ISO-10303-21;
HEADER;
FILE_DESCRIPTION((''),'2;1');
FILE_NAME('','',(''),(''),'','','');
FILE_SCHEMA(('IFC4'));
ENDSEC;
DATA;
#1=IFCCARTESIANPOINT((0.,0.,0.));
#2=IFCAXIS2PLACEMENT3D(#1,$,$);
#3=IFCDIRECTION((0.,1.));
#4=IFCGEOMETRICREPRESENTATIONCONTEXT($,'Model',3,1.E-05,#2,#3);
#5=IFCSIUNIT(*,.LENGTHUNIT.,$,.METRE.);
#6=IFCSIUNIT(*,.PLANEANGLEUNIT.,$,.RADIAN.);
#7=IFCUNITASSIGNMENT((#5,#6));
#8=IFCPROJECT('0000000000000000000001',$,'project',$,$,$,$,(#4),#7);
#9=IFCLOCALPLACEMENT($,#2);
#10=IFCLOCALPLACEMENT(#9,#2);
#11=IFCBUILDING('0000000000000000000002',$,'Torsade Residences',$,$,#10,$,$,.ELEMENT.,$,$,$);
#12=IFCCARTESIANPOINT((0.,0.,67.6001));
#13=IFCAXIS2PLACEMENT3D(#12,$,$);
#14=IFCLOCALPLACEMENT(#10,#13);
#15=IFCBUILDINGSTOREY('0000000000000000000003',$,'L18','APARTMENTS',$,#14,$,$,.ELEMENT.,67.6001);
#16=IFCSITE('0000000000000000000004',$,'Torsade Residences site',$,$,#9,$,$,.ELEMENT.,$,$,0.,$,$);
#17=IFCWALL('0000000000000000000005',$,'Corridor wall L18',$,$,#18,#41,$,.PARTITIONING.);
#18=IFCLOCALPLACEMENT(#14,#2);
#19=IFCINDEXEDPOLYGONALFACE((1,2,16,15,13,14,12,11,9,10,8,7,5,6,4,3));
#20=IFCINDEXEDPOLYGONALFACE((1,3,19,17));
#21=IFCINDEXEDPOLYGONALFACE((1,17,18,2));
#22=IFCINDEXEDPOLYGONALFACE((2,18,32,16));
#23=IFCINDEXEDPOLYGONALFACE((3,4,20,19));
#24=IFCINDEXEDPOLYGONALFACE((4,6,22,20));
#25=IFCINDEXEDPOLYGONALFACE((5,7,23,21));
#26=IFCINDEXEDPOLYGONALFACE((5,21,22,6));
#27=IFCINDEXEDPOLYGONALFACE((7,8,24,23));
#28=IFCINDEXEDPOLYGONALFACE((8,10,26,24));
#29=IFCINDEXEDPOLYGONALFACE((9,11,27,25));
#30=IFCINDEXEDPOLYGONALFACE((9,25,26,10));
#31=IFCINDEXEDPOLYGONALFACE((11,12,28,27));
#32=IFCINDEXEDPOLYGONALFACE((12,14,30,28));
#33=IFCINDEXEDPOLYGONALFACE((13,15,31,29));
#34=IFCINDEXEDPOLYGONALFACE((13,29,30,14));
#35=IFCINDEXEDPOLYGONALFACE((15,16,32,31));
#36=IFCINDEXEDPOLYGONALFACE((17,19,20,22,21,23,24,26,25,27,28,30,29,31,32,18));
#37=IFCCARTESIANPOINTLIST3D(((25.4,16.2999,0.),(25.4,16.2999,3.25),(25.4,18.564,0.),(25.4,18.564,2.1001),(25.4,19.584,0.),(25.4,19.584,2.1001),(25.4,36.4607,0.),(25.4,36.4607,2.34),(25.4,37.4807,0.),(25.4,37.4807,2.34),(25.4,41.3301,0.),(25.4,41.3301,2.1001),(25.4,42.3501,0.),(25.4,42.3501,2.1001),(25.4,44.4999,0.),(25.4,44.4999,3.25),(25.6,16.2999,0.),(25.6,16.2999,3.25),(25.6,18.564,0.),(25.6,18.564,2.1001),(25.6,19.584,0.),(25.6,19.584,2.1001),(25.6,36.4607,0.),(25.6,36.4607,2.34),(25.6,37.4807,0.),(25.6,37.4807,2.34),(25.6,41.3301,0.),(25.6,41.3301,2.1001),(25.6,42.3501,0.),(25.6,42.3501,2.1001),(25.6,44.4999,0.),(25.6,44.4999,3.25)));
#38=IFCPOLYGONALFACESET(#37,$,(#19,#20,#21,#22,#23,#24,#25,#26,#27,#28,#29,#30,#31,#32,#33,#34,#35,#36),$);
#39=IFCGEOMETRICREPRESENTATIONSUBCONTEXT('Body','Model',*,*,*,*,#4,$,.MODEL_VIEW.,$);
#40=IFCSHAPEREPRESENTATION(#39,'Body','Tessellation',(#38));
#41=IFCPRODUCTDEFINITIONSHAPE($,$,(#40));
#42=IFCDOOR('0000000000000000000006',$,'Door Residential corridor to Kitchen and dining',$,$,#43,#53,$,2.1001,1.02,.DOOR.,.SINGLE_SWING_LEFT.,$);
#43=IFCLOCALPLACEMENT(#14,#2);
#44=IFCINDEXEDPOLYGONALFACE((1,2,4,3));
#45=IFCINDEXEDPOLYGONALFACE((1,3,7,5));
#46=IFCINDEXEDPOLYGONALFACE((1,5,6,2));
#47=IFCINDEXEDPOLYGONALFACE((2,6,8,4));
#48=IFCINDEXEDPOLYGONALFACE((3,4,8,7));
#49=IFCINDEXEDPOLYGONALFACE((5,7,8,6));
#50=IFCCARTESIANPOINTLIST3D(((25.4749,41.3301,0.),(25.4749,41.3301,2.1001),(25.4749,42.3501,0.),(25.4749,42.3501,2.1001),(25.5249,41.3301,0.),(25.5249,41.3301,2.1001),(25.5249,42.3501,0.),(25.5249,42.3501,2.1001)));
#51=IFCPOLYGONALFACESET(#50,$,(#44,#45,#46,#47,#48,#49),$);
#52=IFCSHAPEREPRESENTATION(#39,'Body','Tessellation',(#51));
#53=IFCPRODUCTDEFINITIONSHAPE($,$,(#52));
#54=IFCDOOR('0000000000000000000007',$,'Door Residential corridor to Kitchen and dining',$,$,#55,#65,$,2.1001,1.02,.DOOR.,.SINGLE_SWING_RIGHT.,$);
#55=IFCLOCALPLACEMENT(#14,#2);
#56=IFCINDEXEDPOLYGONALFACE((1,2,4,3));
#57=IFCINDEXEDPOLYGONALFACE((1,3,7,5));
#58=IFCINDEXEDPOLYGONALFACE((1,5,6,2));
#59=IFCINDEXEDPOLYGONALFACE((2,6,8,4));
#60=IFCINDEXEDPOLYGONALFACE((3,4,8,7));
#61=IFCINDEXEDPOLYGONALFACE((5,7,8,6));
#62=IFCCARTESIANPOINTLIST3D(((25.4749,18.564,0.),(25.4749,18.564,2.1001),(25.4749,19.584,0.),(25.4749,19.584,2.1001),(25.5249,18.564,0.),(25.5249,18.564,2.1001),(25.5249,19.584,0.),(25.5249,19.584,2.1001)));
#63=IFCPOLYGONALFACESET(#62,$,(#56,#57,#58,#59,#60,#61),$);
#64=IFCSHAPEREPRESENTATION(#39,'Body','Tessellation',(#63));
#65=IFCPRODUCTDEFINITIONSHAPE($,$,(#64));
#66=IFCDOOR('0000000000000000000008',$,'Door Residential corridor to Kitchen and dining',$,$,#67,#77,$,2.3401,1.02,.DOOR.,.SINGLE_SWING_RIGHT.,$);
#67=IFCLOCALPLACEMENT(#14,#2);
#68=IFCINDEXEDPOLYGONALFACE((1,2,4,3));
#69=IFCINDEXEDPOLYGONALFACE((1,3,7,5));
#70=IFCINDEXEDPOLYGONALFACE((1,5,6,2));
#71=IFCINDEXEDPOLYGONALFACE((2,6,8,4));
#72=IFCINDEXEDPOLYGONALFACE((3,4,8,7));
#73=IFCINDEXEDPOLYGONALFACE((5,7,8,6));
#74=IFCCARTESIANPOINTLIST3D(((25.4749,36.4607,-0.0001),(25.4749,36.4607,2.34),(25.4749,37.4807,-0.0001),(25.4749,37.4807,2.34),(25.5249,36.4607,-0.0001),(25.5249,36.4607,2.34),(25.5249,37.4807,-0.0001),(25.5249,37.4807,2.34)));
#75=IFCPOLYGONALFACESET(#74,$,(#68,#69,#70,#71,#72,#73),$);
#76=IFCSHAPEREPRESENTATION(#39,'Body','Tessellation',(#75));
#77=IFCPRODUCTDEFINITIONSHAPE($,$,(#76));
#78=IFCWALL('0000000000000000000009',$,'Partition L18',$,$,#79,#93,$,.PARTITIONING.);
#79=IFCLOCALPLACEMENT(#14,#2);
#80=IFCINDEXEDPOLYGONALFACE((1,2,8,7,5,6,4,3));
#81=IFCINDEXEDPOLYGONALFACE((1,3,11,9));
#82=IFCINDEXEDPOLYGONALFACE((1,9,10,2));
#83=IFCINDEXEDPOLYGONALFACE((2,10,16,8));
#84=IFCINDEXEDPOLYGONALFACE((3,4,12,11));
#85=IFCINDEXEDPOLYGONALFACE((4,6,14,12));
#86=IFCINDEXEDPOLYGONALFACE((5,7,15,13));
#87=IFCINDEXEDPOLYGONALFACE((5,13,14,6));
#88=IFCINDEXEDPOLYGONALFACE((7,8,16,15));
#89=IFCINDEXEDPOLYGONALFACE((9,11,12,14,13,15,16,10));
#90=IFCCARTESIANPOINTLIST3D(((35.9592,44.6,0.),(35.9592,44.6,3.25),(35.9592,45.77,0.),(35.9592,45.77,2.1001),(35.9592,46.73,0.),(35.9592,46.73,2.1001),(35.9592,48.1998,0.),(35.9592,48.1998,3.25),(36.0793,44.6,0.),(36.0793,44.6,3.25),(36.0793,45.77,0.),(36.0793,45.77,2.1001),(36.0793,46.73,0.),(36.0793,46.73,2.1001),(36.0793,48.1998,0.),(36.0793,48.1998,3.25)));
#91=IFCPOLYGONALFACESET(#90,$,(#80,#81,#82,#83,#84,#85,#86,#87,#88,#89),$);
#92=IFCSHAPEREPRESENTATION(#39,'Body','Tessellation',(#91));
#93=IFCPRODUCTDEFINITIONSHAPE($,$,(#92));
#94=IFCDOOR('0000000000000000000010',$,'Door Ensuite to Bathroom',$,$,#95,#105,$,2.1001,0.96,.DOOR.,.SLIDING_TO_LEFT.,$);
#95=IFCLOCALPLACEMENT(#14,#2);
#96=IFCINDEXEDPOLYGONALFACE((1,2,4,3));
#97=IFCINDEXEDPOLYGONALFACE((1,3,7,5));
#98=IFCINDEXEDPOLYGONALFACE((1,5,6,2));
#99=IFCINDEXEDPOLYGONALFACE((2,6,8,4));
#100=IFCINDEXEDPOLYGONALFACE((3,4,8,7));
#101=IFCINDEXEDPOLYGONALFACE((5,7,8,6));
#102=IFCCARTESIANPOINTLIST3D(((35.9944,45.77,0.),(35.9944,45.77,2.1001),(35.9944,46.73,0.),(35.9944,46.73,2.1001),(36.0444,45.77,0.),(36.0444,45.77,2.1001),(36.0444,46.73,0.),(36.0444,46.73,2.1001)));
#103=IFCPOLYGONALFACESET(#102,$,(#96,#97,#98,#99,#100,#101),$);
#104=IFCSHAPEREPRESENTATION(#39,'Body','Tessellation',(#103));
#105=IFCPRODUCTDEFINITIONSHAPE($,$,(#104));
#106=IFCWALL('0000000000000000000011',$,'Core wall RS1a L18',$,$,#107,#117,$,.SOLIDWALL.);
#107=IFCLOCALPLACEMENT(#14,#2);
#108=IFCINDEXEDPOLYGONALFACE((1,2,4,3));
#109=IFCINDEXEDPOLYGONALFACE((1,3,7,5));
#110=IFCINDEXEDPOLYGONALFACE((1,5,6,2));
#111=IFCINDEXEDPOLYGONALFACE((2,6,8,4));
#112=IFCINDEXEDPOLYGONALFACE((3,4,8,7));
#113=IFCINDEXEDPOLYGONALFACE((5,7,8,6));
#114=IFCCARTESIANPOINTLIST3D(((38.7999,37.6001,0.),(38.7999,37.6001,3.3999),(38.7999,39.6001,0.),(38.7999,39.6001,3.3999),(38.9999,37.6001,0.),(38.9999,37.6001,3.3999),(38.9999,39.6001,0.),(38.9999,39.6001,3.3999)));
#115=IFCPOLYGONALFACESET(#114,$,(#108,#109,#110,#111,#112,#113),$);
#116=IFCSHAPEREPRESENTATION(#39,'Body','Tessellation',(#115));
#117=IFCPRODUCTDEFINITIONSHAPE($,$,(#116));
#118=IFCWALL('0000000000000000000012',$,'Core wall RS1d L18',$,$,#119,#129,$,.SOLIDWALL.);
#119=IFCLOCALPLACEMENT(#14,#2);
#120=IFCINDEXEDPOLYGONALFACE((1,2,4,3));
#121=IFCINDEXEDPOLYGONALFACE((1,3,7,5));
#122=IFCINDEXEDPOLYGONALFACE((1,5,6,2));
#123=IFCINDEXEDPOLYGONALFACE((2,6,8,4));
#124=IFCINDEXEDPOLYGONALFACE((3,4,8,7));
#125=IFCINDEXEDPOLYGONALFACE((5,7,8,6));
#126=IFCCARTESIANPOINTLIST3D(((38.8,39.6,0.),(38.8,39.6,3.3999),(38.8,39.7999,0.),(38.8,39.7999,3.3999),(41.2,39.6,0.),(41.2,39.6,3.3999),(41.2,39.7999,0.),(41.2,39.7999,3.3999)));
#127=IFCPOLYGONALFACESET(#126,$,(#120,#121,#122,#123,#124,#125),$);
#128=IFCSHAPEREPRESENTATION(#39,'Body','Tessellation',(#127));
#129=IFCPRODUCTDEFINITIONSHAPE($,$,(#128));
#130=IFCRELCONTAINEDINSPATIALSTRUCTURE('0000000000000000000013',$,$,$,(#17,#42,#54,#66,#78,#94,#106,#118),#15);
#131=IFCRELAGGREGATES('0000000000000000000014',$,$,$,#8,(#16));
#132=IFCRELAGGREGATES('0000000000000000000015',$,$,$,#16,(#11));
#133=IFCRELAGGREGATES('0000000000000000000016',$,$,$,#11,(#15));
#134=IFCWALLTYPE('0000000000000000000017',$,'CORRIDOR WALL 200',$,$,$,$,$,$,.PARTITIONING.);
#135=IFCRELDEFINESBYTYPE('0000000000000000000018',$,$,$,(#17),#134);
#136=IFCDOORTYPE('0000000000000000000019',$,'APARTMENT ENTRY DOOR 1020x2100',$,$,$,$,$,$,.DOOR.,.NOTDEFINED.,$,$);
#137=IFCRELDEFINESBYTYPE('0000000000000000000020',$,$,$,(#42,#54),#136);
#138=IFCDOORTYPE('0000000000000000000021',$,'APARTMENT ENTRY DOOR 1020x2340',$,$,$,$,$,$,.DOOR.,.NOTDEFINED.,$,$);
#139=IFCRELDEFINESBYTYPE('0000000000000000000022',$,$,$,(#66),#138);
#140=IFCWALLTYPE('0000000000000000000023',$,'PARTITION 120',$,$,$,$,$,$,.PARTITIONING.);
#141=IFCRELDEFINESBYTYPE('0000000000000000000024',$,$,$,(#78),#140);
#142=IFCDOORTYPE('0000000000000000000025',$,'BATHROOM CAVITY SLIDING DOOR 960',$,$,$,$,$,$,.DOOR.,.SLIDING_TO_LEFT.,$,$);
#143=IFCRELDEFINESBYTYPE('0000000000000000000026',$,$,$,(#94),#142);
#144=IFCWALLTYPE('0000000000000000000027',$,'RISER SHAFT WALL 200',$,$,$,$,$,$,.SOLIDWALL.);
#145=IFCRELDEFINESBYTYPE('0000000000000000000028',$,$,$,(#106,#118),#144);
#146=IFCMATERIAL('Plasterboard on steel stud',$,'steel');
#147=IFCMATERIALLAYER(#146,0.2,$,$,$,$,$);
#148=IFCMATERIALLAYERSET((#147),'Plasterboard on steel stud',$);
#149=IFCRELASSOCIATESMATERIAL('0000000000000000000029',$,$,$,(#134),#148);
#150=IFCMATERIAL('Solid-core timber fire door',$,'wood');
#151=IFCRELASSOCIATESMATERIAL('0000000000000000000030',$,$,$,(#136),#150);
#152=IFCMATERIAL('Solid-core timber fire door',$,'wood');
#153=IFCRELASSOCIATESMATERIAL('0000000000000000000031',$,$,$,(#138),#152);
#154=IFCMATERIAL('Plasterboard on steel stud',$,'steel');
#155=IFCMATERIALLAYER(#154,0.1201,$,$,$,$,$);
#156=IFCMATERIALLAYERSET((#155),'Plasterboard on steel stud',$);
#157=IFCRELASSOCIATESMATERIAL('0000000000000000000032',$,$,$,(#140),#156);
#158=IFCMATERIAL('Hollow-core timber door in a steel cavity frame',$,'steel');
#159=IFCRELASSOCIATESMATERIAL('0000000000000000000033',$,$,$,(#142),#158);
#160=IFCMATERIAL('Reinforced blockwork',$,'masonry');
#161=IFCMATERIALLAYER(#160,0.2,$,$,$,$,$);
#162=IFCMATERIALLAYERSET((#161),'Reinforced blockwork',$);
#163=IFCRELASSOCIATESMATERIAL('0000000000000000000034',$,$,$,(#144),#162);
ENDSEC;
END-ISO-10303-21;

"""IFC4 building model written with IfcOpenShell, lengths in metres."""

from ifc_helpers import new_model, si_unit, direction, frame, frame_2d, origin, place, context, subcontext, project, spatial, rectangle, extrude, material, layer, layer_set, type_object, element, fill, save


model = new_model("IFC4")

# Units and contexts
model_context = context("Model", 3, precision=1e-05, world=origin(), true_north=direction((0.0, 1.0)))
body_context = subcontext(model_context, "Body", "Model", "MODEL_VIEW")
ifc_project = project(units=[si_unit("LENGTHUNIT", "METRE"), si_unit("PLANEANGLEUNIT", "RADIAN")], contexts=[model_context])

# Site, building, storey
site_placement = place(None, origin())
site = spatial("IfcSite", under=ifc_project, at=site_placement, Name="Torsade Residences site", CompositionType="ELEMENT", RefElevation=0.0)
building_placement = place(site_placement, origin())
building = spatial("IfcBuilding", under=site, at=building_placement, Name="Torsade Residences", CompositionType="ELEMENT")
storey_placement = place(building_placement, frame((0.0, 0.0, 67.6001)))
storey = spatial("IfcBuildingStorey", under=building, at=storey_placement, Name="L18", Description="APARTMENTS", CompositionType="ELEMENT", Elevation=67.6001)

# Wall, openings, doors
ifc_material_1 = material(Name="Plasterboard on steel stud", Category="steel")
ifc_layer_1 = layer(ifc_material_1, 0.2)
ifc_layer_set_1 = layer_set([ifc_layer_1], Name="Plasterboard on steel stud")
wall_type_1 = type_object("IfcWallType", Name="CORRIDOR WALL 200", PredefinedType="PARTITIONING", material=ifc_layer_set_1)
wall_1_placement = place(storey_placement, frame((25.5, 44.5, 0.0), z_axis=(0.0, 0.0, 1.0), x_axis=(0.0, -1.0, 0.0)))
wall_1 = element("IfcWall", 1, at=wall_1_placement, inside=storey, type_object=wall_type_1, Name="Corridor wall L18", PredefinedType="PARTITIONING", context=body_context, shape_type="SweptSolid", body=[
    extrude(rectangle(XDim=28.2, YDim=0.2, at=frame_2d((14.1001, 0.0))), origin(), (0.0, 0.0, 1.0), 3.25),
])
opening_1_placement = place(wall_1_placement, frame((7.0193, 0.0, 0.0)))
opening_1 = element("IfcOpeningElement", 2, at=opening_1_placement, cuts=wall_1, PredefinedType="OPENING", context=body_context, shape_type="SweptSolid", body=[
    extrude(rectangle(XDim=1.02, YDim=2.3401, at=frame_2d((0.51, 1.1699))), frame((0.0, 0.1099, 0.0), z_axis=(0.0, -1.0, 0.0), x_axis=(1.0, 0.0, 0.0)), (0.0, 0.0, 1.0), 0.22),
])
opening_2_placement = place(wall_1_placement, frame((2.1499, 0.0, 0.0)))
opening_2 = element("IfcOpeningElement", 3, at=opening_2_placement, cuts=wall_1, PredefinedType="OPENING", context=body_context, shape_type="SweptSolid", body=[
    extrude(rectangle(XDim=1.02, YDim=2.1001, at=frame_2d((0.51, 1.05))), frame((0.0, 0.1099, 0.0), z_axis=(0.0, -1.0, 0.0), x_axis=(1.0, 0.0, 0.0)), (0.0, 0.0, 1.0), 0.22),
])
opening_3_placement = place(wall_1_placement, frame((24.916, 0.0, 0.0)))
opening_3 = element("IfcOpeningElement", 4, at=opening_3_placement, cuts=wall_1, PredefinedType="OPENING", context=body_context, shape_type="SweptSolid", body=[
    extrude(rectangle(XDim=1.02, YDim=2.1001, at=frame_2d((0.51, 1.05))), frame((0.0, 0.1099, 0.0), z_axis=(0.0, -1.0, 0.0), x_axis=(1.0, 0.0, 0.0)), (0.0, 0.0, 1.0), 0.22),
])
ifc_material_2 = material(Name="Solid-core timber fire door", Category="wood")
door_type_1 = type_object("IfcDoorType", Name="APARTMENT ENTRY DOOR 1020x2100", OperationType="NOTDEFINED", PredefinedType="DOOR", material=ifc_material_2)
door_1_placement = place(opening_2_placement, origin())
door_1 = element("IfcDoor", 5, at=door_1_placement, inside=storey, type_object=door_type_1, Name="Door Residential corridor to Kitchen and dining", OperationType="SINGLE_SWING_LEFT", OverallHeight=2.1001, OverallWidth=1.02, PredefinedType="DOOR", context=body_context, shape_type="SweptSolid", body=[
    extrude(rectangle(XDim=1.02, YDim=2.1001, at=frame_2d((0.51, 1.05))), frame((0.0, 0.0249, 0.0), z_axis=(0.0, -1.0, 0.0), x_axis=(1.0, 0.0, 0.0)), (0.0, 0.0, 1.0), 0.05),
])
fill(opening_2, door_1)
door_2_placement = place(opening_3_placement, origin())
door_2 = element("IfcDoor", 6, at=door_2_placement, inside=storey, type_object=door_type_1, Name="Door Residential corridor to Kitchen and dining", OperationType="SINGLE_SWING_RIGHT", OverallHeight=2.1001, OverallWidth=1.02, PredefinedType="DOOR", context=body_context, shape_type="SweptSolid", body=[
    extrude(rectangle(XDim=1.02, YDim=2.1001, at=frame_2d((0.51, 1.05))), frame((0.0, 0.0249, 0.0), z_axis=(0.0, -1.0, 0.0), x_axis=(1.0, 0.0, 0.0)), (0.0, 0.0, 1.0), 0.05),
])
fill(opening_3, door_2)
ifc_material_3 = material(Name="Solid-core timber fire door", Category="wood")
door_type_2 = type_object("IfcDoorType", Name="APARTMENT ENTRY DOOR 1020x2340", OperationType="NOTDEFINED", PredefinedType="DOOR", material=ifc_material_3)
door_3_placement = place(opening_1_placement, origin())
door_3 = element("IfcDoor", 7, at=door_3_placement, inside=storey, type_object=door_type_2, Name="Door Residential corridor to Kitchen and dining", OperationType="SINGLE_SWING_RIGHT", OverallHeight=2.3401, OverallWidth=1.02, PredefinedType="DOOR", context=body_context, shape_type="SweptSolid", body=[
    extrude(rectangle(XDim=1.02, YDim=2.3401, at=frame_2d((0.51, 1.1699))), frame((0.0, 0.0249, 0.0), z_axis=(0.0, -1.0, 0.0), x_axis=(1.0, 0.0, 0.0)), (0.0, 0.0, 1.0), 0.05),
])
fill(opening_1, door_3)

# Wall, opening, door
ifc_material_4 = material(Name="Plasterboard on steel stud", Category="steel")
ifc_layer_2 = layer(ifc_material_4, 0.1201)
ifc_layer_set_2 = layer_set([ifc_layer_2], Name="Plasterboard on steel stud")
wall_type_2 = type_object("IfcWallType", Name="PARTITION 120", PredefinedType="PARTITIONING", material=ifc_layer_set_2)
wall_2_placement = place(storey_placement, frame((36.0193, 44.6001, 0.0), z_axis=(0.0, 0.0, 1.0), x_axis=(0.0, 1.0, 0.0)))
wall_2 = element("IfcWall", 8, at=wall_2_placement, inside=storey, type_object=wall_type_2, Name="Partition L18", PredefinedType="PARTITIONING", context=body_context, shape_type="SweptSolid", body=[
    extrude(rectangle(XDim=3.5999, YDim=0.1201, at=frame_2d((1.7998, 0.0))), origin(), (0.0, 0.0, 1.0), 3.25),
])
opening_4_placement = place(wall_2_placement, frame((1.1699, 0.0, 0.0)))
opening_4 = element("IfcOpeningElement", 9, at=opening_4_placement, cuts=wall_2, PredefinedType="OPENING", context=body_context, shape_type="SweptSolid", body=[
    extrude(rectangle(XDim=0.96, YDim=2.1001, at=frame_2d((0.48, 1.05))), frame((0.0, 0.0701, 0.0), z_axis=(0.0, -1.0, 0.0), x_axis=(1.0, 0.0, 0.0)), (0.0, 0.0, 1.0), 0.1401),
])
ifc_material_5 = material(Name="Hollow-core timber door in a steel cavity frame", Category="steel")
door_type_3 = type_object("IfcDoorType", Name="BATHROOM CAVITY SLIDING DOOR 960", OperationType="SLIDING_TO_LEFT", PredefinedType="DOOR", material=ifc_material_5)
door_4_placement = place(opening_4_placement, origin())
door_4 = element("IfcDoor", 10, at=door_4_placement, inside=storey, type_object=door_type_3, Name="Door Ensuite to Bathroom", OperationType="SLIDING_TO_LEFT", OverallHeight=2.1001, OverallWidth=0.96, PredefinedType="DOOR", context=body_context, shape_type="SweptSolid", body=[
    extrude(rectangle(XDim=0.96, YDim=2.1001, at=frame_2d((0.48, 1.05))), frame((0.0, 0.0249, 0.0), z_axis=(0.0, -1.0, 0.0), x_axis=(1.0, 0.0, 0.0)), (0.0, 0.0, 1.0), 0.05),
])
fill(opening_4, door_4)

# Walls
ifc_material_6 = material(Name="Reinforced blockwork", Category="masonry")
ifc_layer_3 = layer(ifc_material_6, 0.2)
ifc_layer_set_3 = layer_set([ifc_layer_3], Name="Reinforced blockwork")
wall_type_3 = type_object("IfcWallType", Name="RISER SHAFT WALL 200", PredefinedType="SOLIDWALL", material=ifc_layer_set_3)
wall_3_placement = place(storey_placement, frame((38.8999, 37.6001, 0.0), z_axis=(0.0, 0.0, 1.0), x_axis=(0.0, 1.0, 0.0)))
element("IfcWall", 11, at=wall_3_placement, inside=storey, type_object=wall_type_3, Name="Core wall RS1a L18", PredefinedType="SOLIDWALL", context=body_context, shape_type="SweptSolid", body=[
    extrude(rectangle(XDim=2.0, YDim=0.2, at=frame_2d((1.0, 0.0))), origin(), (0.0, 0.0, 1.0), 3.3999),
])
wall_4_placement = place(storey_placement, frame((38.8, 39.7, 0.0), z_axis=(0.0, 0.0, 1.0), x_axis=(1.0, 0.0, 0.0)))
element("IfcWall", 12, at=wall_4_placement, inside=storey, type_object=wall_type_3, Name="Core wall RS1d L18", PredefinedType="SOLIDWALL", context=body_context, shape_type="SweptSolid", body=[
    extrude(rectangle(XDim=2.3999, YDim=0.2, at=frame_2d((1.2, 0.0))), origin(), (0.0, 0.0, 1.0), 3.3999),
])

save(model, "model.ifc")
